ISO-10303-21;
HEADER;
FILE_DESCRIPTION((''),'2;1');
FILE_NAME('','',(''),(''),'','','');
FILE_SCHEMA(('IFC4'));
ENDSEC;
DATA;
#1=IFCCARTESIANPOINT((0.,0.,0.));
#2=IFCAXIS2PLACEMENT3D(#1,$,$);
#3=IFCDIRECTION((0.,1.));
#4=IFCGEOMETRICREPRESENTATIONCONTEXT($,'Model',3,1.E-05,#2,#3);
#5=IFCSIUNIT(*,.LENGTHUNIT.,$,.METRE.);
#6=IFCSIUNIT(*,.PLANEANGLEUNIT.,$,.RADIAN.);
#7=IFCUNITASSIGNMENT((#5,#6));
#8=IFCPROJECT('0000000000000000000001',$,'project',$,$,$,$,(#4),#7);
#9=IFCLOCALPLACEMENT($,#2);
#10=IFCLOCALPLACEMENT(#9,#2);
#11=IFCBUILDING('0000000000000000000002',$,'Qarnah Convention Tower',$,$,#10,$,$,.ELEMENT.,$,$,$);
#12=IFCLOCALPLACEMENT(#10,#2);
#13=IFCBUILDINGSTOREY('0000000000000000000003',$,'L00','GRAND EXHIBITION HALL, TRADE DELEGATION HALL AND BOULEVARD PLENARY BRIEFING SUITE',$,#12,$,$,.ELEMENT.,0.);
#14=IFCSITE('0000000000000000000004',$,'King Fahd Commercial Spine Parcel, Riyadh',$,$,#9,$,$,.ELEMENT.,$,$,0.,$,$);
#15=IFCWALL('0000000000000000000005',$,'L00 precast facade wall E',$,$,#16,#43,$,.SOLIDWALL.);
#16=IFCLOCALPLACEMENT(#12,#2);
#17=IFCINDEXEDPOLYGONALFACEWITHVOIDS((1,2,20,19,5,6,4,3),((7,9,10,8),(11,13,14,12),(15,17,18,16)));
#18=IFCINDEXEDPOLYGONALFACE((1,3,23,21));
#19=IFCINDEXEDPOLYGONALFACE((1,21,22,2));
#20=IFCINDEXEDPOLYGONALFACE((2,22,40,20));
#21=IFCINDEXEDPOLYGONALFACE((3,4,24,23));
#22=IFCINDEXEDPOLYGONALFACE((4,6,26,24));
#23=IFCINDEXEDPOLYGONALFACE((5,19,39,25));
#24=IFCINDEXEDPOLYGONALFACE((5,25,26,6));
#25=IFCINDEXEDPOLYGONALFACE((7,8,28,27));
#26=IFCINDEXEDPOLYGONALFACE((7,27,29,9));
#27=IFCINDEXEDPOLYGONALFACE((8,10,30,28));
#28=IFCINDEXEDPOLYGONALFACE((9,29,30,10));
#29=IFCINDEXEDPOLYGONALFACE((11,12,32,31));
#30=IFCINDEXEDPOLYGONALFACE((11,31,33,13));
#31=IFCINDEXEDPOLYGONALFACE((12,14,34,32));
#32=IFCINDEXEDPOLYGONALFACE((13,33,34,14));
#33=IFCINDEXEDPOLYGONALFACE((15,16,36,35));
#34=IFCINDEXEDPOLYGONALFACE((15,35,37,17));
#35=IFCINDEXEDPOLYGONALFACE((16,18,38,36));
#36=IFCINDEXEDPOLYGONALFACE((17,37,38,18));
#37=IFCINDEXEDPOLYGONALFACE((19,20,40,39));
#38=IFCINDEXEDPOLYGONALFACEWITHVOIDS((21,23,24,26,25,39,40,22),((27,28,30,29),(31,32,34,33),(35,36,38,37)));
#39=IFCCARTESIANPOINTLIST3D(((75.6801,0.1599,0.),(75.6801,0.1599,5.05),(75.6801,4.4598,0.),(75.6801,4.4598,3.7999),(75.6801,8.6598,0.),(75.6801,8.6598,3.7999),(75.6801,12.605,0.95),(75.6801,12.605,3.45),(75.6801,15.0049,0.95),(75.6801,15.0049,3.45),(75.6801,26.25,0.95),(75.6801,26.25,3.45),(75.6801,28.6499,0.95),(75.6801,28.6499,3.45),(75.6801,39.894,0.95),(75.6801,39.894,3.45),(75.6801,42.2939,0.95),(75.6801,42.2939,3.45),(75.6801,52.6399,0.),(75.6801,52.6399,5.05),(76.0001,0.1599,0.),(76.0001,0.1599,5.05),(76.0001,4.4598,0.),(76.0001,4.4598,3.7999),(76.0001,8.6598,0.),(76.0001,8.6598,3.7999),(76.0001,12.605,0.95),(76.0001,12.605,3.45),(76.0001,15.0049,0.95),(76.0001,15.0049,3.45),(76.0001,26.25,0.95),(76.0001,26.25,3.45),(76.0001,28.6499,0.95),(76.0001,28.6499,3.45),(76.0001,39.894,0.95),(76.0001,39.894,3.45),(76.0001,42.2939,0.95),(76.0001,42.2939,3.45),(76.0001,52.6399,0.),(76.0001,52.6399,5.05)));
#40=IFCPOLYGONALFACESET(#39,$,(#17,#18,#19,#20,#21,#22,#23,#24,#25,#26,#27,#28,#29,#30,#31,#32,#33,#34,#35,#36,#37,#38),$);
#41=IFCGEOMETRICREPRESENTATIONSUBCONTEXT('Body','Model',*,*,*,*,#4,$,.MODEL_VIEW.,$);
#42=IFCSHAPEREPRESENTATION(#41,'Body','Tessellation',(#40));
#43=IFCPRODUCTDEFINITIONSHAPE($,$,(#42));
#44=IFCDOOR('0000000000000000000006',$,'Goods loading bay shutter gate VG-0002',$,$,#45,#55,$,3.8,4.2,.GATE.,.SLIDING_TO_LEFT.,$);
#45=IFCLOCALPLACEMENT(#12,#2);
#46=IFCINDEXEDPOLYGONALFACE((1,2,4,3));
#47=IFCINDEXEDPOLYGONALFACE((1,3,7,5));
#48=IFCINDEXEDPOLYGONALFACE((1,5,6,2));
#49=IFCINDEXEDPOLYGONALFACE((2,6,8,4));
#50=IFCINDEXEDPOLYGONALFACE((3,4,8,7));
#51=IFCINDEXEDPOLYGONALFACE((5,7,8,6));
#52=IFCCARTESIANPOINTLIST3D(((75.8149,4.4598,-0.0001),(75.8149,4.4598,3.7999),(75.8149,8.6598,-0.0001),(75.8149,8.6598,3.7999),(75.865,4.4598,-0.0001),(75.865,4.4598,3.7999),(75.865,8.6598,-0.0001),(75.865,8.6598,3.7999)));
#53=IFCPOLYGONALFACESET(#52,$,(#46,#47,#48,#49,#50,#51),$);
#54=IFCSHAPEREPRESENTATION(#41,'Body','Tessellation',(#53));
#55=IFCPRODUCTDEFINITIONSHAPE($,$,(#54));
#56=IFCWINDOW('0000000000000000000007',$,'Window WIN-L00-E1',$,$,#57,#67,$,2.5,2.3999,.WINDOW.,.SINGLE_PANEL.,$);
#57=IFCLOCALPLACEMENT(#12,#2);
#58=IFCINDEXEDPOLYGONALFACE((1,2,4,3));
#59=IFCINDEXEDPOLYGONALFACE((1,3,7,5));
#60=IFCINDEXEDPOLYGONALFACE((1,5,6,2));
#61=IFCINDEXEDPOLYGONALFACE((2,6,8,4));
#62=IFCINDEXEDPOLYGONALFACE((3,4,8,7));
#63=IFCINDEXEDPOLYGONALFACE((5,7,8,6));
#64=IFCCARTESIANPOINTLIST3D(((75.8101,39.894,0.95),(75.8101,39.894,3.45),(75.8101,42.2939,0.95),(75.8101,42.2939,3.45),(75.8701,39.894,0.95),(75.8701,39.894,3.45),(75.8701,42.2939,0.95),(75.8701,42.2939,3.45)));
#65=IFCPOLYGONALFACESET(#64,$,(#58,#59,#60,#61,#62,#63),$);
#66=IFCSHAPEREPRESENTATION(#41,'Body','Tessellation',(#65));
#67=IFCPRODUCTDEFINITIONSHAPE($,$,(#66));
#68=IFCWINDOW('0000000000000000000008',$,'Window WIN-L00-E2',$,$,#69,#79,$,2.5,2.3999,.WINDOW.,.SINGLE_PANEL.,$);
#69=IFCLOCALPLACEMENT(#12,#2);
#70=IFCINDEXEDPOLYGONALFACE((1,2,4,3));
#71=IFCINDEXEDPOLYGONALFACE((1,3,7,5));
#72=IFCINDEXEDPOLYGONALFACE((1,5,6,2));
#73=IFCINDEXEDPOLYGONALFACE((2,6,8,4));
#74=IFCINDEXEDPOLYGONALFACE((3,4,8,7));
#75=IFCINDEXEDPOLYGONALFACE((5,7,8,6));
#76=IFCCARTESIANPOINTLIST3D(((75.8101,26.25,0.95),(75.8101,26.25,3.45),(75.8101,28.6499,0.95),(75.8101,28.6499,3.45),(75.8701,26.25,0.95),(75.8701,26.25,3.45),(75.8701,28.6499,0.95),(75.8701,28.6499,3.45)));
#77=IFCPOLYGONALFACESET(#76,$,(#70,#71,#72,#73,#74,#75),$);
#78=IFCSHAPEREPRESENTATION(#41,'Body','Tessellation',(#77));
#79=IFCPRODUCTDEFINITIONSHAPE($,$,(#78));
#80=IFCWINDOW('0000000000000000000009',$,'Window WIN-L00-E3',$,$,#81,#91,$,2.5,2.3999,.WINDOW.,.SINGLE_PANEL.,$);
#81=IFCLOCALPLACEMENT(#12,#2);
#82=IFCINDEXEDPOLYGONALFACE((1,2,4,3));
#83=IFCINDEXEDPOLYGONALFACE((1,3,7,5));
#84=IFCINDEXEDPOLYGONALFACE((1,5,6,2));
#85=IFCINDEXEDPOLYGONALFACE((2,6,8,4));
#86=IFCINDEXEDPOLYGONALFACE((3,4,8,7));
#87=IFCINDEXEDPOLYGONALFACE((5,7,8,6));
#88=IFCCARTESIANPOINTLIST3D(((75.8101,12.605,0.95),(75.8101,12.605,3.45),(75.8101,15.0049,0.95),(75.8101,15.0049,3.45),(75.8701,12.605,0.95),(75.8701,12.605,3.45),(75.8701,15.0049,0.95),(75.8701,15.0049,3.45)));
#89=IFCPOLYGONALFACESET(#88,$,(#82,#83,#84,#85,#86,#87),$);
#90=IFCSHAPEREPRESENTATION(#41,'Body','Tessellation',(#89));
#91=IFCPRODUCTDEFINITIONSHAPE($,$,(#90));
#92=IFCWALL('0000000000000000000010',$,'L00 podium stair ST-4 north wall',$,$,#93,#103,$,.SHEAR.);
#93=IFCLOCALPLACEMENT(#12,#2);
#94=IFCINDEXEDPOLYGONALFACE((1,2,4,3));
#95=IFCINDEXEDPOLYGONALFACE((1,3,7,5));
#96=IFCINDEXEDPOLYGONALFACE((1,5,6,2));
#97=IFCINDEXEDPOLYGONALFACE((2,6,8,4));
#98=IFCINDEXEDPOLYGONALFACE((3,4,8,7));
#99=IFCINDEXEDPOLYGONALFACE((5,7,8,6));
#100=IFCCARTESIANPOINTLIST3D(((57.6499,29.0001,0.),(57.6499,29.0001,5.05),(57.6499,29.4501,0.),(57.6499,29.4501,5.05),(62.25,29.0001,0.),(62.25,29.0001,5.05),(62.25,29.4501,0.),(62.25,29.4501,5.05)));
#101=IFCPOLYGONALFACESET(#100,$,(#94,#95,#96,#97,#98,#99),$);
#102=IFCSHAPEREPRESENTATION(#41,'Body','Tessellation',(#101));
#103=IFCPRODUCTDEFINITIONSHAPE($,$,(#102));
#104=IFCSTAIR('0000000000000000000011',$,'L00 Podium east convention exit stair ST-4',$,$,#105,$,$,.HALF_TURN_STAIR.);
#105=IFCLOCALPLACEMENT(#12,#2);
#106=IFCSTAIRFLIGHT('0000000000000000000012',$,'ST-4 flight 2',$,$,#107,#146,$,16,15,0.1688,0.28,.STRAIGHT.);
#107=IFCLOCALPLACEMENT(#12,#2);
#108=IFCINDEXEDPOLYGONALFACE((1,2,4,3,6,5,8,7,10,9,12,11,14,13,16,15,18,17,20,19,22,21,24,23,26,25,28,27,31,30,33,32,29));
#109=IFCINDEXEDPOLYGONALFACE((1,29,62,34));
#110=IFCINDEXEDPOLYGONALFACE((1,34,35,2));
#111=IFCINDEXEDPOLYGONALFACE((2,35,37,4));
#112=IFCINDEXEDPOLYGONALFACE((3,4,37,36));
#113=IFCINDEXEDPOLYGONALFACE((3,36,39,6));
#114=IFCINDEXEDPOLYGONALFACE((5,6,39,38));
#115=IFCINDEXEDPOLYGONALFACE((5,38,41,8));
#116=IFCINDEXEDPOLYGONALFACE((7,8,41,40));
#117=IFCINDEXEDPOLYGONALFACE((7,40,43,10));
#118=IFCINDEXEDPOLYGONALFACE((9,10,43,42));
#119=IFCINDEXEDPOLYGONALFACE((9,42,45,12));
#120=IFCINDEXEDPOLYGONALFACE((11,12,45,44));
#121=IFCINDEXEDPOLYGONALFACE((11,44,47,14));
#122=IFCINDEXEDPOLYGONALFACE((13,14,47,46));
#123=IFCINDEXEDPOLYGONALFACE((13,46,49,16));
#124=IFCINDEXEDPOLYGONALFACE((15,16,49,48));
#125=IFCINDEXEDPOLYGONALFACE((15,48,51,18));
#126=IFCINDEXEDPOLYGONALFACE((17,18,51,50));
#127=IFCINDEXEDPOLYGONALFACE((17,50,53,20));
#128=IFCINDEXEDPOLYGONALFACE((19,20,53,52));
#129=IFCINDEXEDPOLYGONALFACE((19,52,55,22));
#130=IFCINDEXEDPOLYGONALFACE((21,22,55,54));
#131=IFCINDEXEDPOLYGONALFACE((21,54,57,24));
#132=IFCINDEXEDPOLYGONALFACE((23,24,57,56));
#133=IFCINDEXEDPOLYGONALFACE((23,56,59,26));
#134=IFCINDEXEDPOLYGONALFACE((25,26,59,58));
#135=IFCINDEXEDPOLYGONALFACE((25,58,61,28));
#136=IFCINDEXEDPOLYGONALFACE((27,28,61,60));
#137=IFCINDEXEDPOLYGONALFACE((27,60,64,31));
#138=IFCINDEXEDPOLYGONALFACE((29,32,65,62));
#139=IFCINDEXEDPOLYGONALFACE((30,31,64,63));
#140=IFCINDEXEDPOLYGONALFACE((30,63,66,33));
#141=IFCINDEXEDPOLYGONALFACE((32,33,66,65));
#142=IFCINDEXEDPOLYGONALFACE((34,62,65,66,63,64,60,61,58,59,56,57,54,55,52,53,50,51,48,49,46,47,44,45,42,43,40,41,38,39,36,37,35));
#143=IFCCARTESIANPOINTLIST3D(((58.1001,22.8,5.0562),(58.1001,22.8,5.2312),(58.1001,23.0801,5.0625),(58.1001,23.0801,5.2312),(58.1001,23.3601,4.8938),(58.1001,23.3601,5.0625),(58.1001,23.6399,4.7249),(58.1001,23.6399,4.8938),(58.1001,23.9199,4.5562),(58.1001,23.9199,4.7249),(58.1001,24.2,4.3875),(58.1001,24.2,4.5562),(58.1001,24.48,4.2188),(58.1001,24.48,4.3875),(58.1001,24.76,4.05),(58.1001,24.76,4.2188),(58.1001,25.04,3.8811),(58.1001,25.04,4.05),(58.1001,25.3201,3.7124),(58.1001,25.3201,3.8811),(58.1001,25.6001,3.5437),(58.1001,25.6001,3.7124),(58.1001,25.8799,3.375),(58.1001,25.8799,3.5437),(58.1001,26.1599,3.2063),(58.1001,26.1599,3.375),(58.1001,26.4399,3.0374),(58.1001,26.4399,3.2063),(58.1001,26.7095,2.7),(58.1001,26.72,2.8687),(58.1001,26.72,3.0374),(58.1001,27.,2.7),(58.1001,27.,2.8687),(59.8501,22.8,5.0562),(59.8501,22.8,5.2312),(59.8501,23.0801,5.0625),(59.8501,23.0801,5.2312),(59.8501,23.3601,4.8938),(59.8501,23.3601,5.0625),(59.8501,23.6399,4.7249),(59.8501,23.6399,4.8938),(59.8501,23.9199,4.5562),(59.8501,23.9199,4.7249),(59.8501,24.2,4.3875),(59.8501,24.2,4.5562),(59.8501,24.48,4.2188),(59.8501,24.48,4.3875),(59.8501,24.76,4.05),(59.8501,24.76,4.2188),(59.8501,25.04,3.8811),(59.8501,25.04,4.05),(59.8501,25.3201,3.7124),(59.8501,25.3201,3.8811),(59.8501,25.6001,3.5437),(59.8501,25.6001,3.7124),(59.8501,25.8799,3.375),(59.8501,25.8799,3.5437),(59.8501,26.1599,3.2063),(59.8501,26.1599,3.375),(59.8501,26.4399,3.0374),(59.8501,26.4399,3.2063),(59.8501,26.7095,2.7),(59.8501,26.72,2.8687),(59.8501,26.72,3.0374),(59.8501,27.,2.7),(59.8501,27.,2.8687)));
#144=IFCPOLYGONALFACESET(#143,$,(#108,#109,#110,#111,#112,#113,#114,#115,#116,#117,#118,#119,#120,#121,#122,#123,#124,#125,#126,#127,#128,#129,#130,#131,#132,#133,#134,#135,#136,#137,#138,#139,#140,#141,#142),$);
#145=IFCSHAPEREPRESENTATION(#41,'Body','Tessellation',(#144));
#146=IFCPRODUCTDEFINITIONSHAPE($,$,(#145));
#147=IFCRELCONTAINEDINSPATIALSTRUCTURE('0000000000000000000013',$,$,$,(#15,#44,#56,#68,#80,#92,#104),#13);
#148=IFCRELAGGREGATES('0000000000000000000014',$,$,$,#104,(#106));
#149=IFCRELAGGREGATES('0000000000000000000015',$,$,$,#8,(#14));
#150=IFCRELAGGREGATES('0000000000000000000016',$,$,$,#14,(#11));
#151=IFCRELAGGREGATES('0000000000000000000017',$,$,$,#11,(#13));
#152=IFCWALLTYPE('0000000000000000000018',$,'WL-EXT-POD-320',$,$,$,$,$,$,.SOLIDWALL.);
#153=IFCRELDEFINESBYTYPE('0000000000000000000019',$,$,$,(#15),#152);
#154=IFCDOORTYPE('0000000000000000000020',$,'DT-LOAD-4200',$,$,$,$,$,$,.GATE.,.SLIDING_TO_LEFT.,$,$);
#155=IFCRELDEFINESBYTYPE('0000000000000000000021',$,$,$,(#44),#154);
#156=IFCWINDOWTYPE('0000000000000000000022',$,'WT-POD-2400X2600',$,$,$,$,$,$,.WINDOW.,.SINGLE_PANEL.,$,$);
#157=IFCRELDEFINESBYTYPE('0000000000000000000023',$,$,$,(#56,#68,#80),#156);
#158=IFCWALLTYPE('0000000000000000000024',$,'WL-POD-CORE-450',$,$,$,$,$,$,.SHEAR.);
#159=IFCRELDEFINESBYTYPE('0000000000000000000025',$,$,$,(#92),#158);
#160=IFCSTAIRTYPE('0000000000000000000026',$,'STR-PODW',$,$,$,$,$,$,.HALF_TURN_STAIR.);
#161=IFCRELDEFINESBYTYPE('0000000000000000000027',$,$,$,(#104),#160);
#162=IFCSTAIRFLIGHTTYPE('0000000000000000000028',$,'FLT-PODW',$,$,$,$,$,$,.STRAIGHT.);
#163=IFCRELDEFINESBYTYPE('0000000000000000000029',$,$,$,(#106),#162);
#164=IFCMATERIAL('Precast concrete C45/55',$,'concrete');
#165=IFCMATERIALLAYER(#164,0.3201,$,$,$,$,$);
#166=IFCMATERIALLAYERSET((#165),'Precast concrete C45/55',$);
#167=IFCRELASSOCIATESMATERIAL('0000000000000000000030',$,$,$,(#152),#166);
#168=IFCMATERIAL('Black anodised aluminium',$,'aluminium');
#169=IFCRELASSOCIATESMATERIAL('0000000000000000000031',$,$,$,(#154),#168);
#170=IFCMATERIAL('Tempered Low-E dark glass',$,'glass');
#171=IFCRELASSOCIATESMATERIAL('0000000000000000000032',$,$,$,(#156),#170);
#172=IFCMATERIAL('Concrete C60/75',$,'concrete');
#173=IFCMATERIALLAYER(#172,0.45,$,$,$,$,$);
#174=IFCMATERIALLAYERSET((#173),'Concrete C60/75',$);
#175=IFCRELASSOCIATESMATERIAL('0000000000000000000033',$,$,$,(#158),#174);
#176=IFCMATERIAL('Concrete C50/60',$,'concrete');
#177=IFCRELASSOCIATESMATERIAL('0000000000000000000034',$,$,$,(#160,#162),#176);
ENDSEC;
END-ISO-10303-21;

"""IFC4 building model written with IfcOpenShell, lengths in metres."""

from ifc_helpers import new_model, si_unit, direction, frame, frame_2d, origin, place, context, subcontext, project, spatial, polyline, rectangle, outline, extrude, material, layer, layer_set, type_object, element, fill, aggregate, save


model = new_model("IFC4")

# Units and contexts
model_context = context("Model", 3, precision=1e-05, world=origin(), true_north=direction((0.0, 1.0)))
body_context = subcontext(model_context, "Body", "Model", "MODEL_VIEW")
ifc_project = project(units=[si_unit("LENGTHUNIT", "METRE"), si_unit("PLANEANGLEUNIT", "RADIAN")], contexts=[model_context])

# Site, building, storey
site_placement = place(None, origin())
site = spatial("IfcSite", under=ifc_project, at=site_placement, Name="King Fahd Commercial Spine Parcel, Riyadh", CompositionType="ELEMENT", RefElevation=0.0)
building_placement = place(site_placement, origin())
building = spatial("IfcBuilding", under=site, at=building_placement, Name="Qarnah Convention Tower", CompositionType="ELEMENT")
storey_placement = place(building_placement, origin())
storey = spatial("IfcBuildingStorey", under=building, at=storey_placement, Name="L00", Description="GRAND EXHIBITION HALL, TRADE DELEGATION HALL AND BOULEVARD PLENARY BRIEFING SUITE", CompositionType="ELEMENT", Elevation=0.0)

# Shared definitions
ifc_material_1 = material(Name="Concrete C60/75", Category="concrete")

# Shared definitions
ifc_material_2 = material(Name="Black anodised aluminium", Category="aluminium")

# Wall, openings, door, windows
ifc_material_3 = material(Name="Precast concrete C45/55", Category="concrete")
ifc_layer_1 = layer(ifc_material_3, 0.3201)
ifc_layer_set_1 = layer_set([ifc_layer_1], Name="Precast concrete C45/55")
wall_type_1 = type_object("IfcWallType", Name="WL-EXT-POD-320", PredefinedType="SOLIDWALL", material=ifc_layer_set_1)
wall_1_placement = place(storey_placement, frame((75.8401, 52.6399, 0.0), z_axis=(0.0, 0.0, 1.0), x_axis=(0.0, -1.0, 0.0)))
wall_1 = element("IfcWall", 1, at=wall_1_placement, inside=storey, type_object=wall_type_1, Name="L00 precast facade wall E", PredefinedType="SOLIDWALL", context=body_context, shape_type="SweptSolid", body=[
    extrude(rectangle(XDim=52.48, YDim=0.3201, at=frame_2d((26.24, 0.0))), origin(), (0.0, 0.0, 1.0), 5.05),
])
opening_1_placement = place(wall_1_placement, frame((10.3459, 0.0, 0.95)))
opening_1 = element("IfcOpeningElement", 2, at=opening_1_placement, cuts=wall_1, PredefinedType="OPENING", context=body_context, shape_type="SweptSolid", body=[
    extrude(rectangle(XDim=2.3999, YDim=2.5, at=frame_2d((1.2, 1.25))), frame((0.0, 0.1699, 0.0), z_axis=(0.0, -1.0, 0.0), x_axis=(1.0, 0.0, 0.0)), (0.0, 0.0, 1.0), 0.3401),
])
opening_2_placement = place(wall_1_placement, frame((23.99, 0.0, 0.95)))
opening_2 = element("IfcOpeningElement", 3, at=opening_2_placement, cuts=wall_1, PredefinedType="OPENING", context=body_context, shape_type="SweptSolid", body=[
    extrude(rectangle(XDim=2.3999, YDim=2.5, at=frame_2d((1.2, 1.25))), frame((0.0, 0.1699, 0.0), z_axis=(0.0, -1.0, 0.0), x_axis=(1.0, 0.0, 0.0)), (0.0, 0.0, 1.0), 0.3401),
])
opening_3_placement = place(wall_1_placement, frame((37.635, 0.0, 0.95)))
opening_3 = element("IfcOpeningElement", 4, at=opening_3_placement, cuts=wall_1, PredefinedType="OPENING", context=body_context, shape_type="SweptSolid", body=[
    extrude(rectangle(XDim=2.3999, YDim=2.5, at=frame_2d((1.2, 1.25))), frame((0.0, 0.1699, 0.0), z_axis=(0.0, -1.0, 0.0), x_axis=(1.0, 0.0, 0.0)), (0.0, 0.0, 1.0), 0.3401),
])
opening_4_placement = place(wall_1_placement, frame((43.98, 0.0, 0.0)))
opening_4 = element("IfcOpeningElement", 5, at=opening_4_placement, cuts=wall_1, PredefinedType="OPENING", context=body_context, shape_type="SweptSolid", body=[
    extrude(rectangle(XDim=4.2, YDim=3.8, at=frame_2d((2.1001, 1.8999))), frame((0.0, 0.1699, 0.0), z_axis=(0.0, -1.0, 0.0), x_axis=(1.0, 0.0, 0.0)), (0.0, 0.0, 1.0), 0.3401),
])
door_type_1 = type_object("IfcDoorType", Name="DT-LOAD-4200", OperationType="SLIDING_TO_LEFT", PredefinedType="GATE", material=ifc_material_2)
door_1_placement = place(opening_4_placement, origin())
door_1 = element("IfcDoor", 6, at=door_1_placement, inside=storey, type_object=door_type_1, Name="Goods loading bay shutter gate VG-0002", OperationType="SLIDING_TO_LEFT", OverallHeight=3.8, OverallWidth=4.2, PredefinedType="GATE", context=body_context, shape_type="SweptSolid", body=[
    extrude(rectangle(XDim=4.2, YDim=3.8, at=frame_2d((2.1001, 1.8999))), frame((0.0, 0.0249, 0.0), z_axis=(0.0, -1.0, 0.0), x_axis=(1.0, 0.0, 0.0)), (0.0, 0.0, 1.0), 0.05),
])
fill(opening_4, door_1)
ifc_material_4 = material(Name="Tempered Low-E dark glass", Category="glass")
window_type = type_object("IfcWindowType", Name="WT-POD-2400X2600", PartitioningType="SINGLE_PANEL", PredefinedType="WINDOW", material=ifc_material_4)
window_1_placement = place(opening_1_placement, origin())
window_1 = element("IfcWindow", 7, at=window_1_placement, inside=storey, type_object=window_type, Name="Window WIN-L00-E1", OverallHeight=2.5, OverallWidth=2.3999, PartitioningType="SINGLE_PANEL", PredefinedType="WINDOW", context=body_context, shape_type="SweptSolid", body=[
    extrude(rectangle(XDim=2.3999, YDim=2.5, at=frame_2d((1.2, 1.25))), frame((0.0, 0.03, 0.0), z_axis=(0.0, -1.0, 0.0), x_axis=(1.0, 0.0, 0.0)), (0.0, 0.0, 1.0), 0.0601),
])
fill(opening_1, window_1)
window_2_placement = place(opening_2_placement, origin())
window_2 = element("IfcWindow", 8, at=window_2_placement, inside=storey, type_object=window_type, Name="Window WIN-L00-E2", OverallHeight=2.5, OverallWidth=2.3999, PartitioningType="SINGLE_PANEL", PredefinedType="WINDOW", context=body_context, shape_type="SweptSolid", body=[
    extrude(rectangle(XDim=2.3999, YDim=2.5, at=frame_2d((1.2, 1.25))), frame((0.0, 0.03, 0.0), z_axis=(0.0, -1.0, 0.0), x_axis=(1.0, 0.0, 0.0)), (0.0, 0.0, 1.0), 0.0601),
])
fill(opening_2, window_2)
window_3_placement = place(opening_3_placement, origin())
window_3 = element("IfcWindow", 9, at=window_3_placement, inside=storey, type_object=window_type, Name="Window WIN-L00-E3", OverallHeight=2.5, OverallWidth=2.3999, PartitioningType="SINGLE_PANEL", PredefinedType="WINDOW", context=body_context, shape_type="SweptSolid", body=[
    extrude(rectangle(XDim=2.3999, YDim=2.5, at=frame_2d((1.2, 1.25))), frame((0.0, 0.03, 0.0), z_axis=(0.0, -1.0, 0.0), x_axis=(1.0, 0.0, 0.0)), (0.0, 0.0, 1.0), 0.0601),
])
fill(opening_3, window_3)

# Wall
ifc_layer_2 = layer(ifc_material_1, 0.45)
ifc_layer_set_2 = layer_set([ifc_layer_2], Name="Concrete C60/75")
wall_type_2 = type_object("IfcWallType", Name="WL-POD-CORE-450", PredefinedType="SHEAR", material=ifc_layer_set_2)
wall_2_placement = place(storey_placement, frame((57.6499, 29.2251, 0.0), z_axis=(0.0, 0.0, 1.0), x_axis=(1.0, 0.0, 0.0)))
element("IfcWall", 10, at=wall_2_placement, inside=storey, type_object=wall_type_2, Name="L00 podium stair ST-4 north wall", PredefinedType="SHEAR", context=body_context, shape_type="SweptSolid", body=[
    extrude(rectangle(XDim=4.6001, YDim=0.45, at=frame_2d((2.3, 0.0))), origin(), (0.0, 0.0, 1.0), 5.05),
])

# Stair, stair flight
ifc_material_5 = material(Name="Concrete C50/60", Category="concrete")
stair_type = type_object("IfcStairType", Name="STR-PODW", PredefinedType="HALF_TURN_STAIR", material=ifc_material_5)
stair_placement = place(storey_placement, origin())
stair = element("IfcStair", 11, at=stair_placement, inside=storey, type_object=stair_type, Name="L00 Podium east convention exit stair ST-4", PredefinedType="HALF_TURN_STAIR")
stair_flight_type = type_object("IfcStairFlightType", Name="FLT-PODW", PredefinedType="STRAIGHT", material=ifc_material_5)
stair_flight_placement = place(storey_placement, frame((58.9751, 27.0, 2.7), z_axis=(0.0, 0.0, 1.0), x_axis=(0.0, -1.0, 0.0)))
stair_flight = element("IfcStairFlight", 12, at=stair_flight_placement, type_object=stair_flight_type, Name="ST-4 flight 2", NumberOfRisers=16, NumberOfTreads=15, PredefinedType="STRAIGHT", RiserHeight=0.1688, TreadLength=0.28, context=body_context, shape_type="SweptSolid", body=[
    extrude(outline(polyline([(0.0, 0.0), (0.0, 0.1687), (0.28, 0.1687), (0.28, 0.3374), (0.5601, 0.3374), (0.5601, 0.5063), (0.8401, 0.5063), (0.8401, 0.675), (1.1201, 0.675), (1.1201, 0.8438), (1.3999, 0.8438), (1.3999, 1.0125), (1.6799, 1.0125), (1.6799, 1.1812), (1.96, 1.1812), (1.96, 1.3501), (2.24, 1.3501), (2.24, 1.5188), (2.52, 1.5188), (2.52, 1.6875), (2.8, 1.6875), (2.8, 1.8562), (3.0801, 1.8562), (3.0801, 2.0249), (3.3601, 2.0249), (3.3601, 2.1938), (3.6399, 2.1938), (3.6399, 2.3625), (3.9199, 2.3625), (3.9199, 2.5312), (4.2, 2.5312), (4.2, 2.7), (4.2, 2.3562), (0.2905, 0.0), (0.0, 0.0)])), frame((0.0, 0.875, 0.0), z_axis=(0.0, -1.0, 0.0), x_axis=(1.0, 0.0, 0.0)), (0.0, 0.0, 1.0), 1.75),
])
aggregate(stair, [stair_flight])

save(model, "model.ifc")
